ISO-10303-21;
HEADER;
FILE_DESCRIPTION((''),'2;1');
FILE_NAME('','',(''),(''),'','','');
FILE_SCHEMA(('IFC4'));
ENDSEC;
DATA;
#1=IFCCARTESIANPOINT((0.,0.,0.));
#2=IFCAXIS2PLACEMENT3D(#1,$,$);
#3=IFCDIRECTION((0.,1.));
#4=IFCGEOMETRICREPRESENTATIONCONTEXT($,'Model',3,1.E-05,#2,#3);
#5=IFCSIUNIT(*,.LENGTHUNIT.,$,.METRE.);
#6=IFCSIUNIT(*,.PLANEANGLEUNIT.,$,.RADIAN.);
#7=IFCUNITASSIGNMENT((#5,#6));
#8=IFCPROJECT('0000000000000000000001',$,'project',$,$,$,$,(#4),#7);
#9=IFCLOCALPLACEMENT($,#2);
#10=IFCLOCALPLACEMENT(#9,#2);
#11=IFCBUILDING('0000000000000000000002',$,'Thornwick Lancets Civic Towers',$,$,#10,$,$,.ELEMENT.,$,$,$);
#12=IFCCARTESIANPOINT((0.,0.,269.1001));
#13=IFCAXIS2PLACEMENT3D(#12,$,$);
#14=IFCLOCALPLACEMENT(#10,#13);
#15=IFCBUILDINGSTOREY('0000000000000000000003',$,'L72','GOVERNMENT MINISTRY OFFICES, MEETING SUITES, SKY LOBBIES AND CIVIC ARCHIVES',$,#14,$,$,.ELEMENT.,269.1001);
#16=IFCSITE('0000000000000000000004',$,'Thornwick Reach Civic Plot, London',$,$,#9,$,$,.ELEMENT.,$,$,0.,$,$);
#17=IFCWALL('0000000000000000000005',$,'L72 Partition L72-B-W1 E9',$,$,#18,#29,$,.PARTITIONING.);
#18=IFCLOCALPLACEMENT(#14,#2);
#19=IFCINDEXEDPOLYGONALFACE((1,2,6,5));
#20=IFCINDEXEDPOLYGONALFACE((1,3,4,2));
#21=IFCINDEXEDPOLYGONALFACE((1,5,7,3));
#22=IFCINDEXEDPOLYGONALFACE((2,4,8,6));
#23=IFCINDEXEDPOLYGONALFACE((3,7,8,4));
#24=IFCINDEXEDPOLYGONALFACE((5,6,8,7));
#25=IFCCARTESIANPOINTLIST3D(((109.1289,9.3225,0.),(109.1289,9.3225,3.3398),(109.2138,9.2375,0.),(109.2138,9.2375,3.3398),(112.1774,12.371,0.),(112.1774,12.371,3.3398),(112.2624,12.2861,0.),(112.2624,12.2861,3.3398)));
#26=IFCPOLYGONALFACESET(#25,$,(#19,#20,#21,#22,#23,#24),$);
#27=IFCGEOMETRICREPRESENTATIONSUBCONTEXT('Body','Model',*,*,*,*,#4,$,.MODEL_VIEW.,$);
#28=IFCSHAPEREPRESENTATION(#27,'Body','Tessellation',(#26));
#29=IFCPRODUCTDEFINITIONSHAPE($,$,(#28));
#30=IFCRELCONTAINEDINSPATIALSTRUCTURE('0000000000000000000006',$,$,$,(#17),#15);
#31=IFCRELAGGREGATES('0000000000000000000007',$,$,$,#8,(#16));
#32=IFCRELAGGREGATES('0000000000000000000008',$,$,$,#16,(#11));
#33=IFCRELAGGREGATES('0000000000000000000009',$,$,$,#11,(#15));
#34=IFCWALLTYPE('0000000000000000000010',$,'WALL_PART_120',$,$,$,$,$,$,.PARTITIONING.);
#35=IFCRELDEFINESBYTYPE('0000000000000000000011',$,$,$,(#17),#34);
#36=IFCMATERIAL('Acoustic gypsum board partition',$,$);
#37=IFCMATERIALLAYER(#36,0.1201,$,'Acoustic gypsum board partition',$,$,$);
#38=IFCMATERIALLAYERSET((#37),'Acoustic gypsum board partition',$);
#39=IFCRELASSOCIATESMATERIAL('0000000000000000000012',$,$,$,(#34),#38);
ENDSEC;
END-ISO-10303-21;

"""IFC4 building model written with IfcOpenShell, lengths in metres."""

from ifc_helpers import new_model, si_unit, direction, frame, frame_2d, origin, place, context, subcontext, project, spatial, rectangle, extrude, material, layer, layer_set, type_object, element, save


model = new_model("IFC4")

# Units and contexts
model_context = context("Model", 3, precision=1e-05, world=origin(), true_north=direction((0.0, 1.0)))
body_context = subcontext(model_context, "Body", "Model", "MODEL_VIEW")
ifc_project = project(units=[si_unit("LENGTHUNIT", "METRE"), si_unit("PLANEANGLEUNIT", "RADIAN")], contexts=[model_context])

# Site, building, storey
site_placement = place(None, origin())
site = spatial("IfcSite", under=ifc_project, at=site_placement, Name="Thornwick Reach Civic Plot, London", CompositionType="ELEMENT", RefElevation=0.0)
building_placement = place(site_placement, origin())
building = spatial("IfcBuilding", under=site, at=building_placement, Name="Thornwick Lancets Civic Towers", CompositionType="ELEMENT")
storey_placement = place(building_placement, frame((0.0, 0.0, 269.1001)))
storey = spatial("IfcBuildingStorey", under=building, at=storey_placement, Name="L72", Description="GOVERNMENT MINISTRY OFFICES, MEETING SUITES, SKY LOBBIES AND CIVIC ARCHIVES", CompositionType="ELEMENT", Elevation=269.1001)

# Wall
ifc_material_1 = material(Name="Acoustic gypsum board partition")
ifc_layer_1 = layer(ifc_material_1, 0.1201, Name="Acoustic gypsum board partition")
ifc_layer_set_1 = layer_set([ifc_layer_1], Name="Acoustic gypsum board partition")
wall_type_1 = type_object("IfcWallType", Name="WALL_PART_120", PredefinedType="PARTITIONING", material=ifc_layer_set_1)
wall_1_placement = place(storey_placement, frame((112.22, 12.3286, 0.0), z_axis=(0.0, 0.0, 1.0), x_axis=(-0.707107, -0.707107, 0.0)))
element("IfcWall", 1, at=wall_1_placement, inside=storey, type_object=wall_type_1, Name="L72 Partition L72-B-W1 E9", PredefinedType="PARTITIONING", context=body_context, shape_type="SweptSolid", body=[
    extrude(rectangle(XDim=4.3113, YDim=0.1201, at=frame_2d((2.1558, 0.0))), origin(), (0.0, 0.0, 1.0), 3.3398),
])

save(model, "model.ifc")
